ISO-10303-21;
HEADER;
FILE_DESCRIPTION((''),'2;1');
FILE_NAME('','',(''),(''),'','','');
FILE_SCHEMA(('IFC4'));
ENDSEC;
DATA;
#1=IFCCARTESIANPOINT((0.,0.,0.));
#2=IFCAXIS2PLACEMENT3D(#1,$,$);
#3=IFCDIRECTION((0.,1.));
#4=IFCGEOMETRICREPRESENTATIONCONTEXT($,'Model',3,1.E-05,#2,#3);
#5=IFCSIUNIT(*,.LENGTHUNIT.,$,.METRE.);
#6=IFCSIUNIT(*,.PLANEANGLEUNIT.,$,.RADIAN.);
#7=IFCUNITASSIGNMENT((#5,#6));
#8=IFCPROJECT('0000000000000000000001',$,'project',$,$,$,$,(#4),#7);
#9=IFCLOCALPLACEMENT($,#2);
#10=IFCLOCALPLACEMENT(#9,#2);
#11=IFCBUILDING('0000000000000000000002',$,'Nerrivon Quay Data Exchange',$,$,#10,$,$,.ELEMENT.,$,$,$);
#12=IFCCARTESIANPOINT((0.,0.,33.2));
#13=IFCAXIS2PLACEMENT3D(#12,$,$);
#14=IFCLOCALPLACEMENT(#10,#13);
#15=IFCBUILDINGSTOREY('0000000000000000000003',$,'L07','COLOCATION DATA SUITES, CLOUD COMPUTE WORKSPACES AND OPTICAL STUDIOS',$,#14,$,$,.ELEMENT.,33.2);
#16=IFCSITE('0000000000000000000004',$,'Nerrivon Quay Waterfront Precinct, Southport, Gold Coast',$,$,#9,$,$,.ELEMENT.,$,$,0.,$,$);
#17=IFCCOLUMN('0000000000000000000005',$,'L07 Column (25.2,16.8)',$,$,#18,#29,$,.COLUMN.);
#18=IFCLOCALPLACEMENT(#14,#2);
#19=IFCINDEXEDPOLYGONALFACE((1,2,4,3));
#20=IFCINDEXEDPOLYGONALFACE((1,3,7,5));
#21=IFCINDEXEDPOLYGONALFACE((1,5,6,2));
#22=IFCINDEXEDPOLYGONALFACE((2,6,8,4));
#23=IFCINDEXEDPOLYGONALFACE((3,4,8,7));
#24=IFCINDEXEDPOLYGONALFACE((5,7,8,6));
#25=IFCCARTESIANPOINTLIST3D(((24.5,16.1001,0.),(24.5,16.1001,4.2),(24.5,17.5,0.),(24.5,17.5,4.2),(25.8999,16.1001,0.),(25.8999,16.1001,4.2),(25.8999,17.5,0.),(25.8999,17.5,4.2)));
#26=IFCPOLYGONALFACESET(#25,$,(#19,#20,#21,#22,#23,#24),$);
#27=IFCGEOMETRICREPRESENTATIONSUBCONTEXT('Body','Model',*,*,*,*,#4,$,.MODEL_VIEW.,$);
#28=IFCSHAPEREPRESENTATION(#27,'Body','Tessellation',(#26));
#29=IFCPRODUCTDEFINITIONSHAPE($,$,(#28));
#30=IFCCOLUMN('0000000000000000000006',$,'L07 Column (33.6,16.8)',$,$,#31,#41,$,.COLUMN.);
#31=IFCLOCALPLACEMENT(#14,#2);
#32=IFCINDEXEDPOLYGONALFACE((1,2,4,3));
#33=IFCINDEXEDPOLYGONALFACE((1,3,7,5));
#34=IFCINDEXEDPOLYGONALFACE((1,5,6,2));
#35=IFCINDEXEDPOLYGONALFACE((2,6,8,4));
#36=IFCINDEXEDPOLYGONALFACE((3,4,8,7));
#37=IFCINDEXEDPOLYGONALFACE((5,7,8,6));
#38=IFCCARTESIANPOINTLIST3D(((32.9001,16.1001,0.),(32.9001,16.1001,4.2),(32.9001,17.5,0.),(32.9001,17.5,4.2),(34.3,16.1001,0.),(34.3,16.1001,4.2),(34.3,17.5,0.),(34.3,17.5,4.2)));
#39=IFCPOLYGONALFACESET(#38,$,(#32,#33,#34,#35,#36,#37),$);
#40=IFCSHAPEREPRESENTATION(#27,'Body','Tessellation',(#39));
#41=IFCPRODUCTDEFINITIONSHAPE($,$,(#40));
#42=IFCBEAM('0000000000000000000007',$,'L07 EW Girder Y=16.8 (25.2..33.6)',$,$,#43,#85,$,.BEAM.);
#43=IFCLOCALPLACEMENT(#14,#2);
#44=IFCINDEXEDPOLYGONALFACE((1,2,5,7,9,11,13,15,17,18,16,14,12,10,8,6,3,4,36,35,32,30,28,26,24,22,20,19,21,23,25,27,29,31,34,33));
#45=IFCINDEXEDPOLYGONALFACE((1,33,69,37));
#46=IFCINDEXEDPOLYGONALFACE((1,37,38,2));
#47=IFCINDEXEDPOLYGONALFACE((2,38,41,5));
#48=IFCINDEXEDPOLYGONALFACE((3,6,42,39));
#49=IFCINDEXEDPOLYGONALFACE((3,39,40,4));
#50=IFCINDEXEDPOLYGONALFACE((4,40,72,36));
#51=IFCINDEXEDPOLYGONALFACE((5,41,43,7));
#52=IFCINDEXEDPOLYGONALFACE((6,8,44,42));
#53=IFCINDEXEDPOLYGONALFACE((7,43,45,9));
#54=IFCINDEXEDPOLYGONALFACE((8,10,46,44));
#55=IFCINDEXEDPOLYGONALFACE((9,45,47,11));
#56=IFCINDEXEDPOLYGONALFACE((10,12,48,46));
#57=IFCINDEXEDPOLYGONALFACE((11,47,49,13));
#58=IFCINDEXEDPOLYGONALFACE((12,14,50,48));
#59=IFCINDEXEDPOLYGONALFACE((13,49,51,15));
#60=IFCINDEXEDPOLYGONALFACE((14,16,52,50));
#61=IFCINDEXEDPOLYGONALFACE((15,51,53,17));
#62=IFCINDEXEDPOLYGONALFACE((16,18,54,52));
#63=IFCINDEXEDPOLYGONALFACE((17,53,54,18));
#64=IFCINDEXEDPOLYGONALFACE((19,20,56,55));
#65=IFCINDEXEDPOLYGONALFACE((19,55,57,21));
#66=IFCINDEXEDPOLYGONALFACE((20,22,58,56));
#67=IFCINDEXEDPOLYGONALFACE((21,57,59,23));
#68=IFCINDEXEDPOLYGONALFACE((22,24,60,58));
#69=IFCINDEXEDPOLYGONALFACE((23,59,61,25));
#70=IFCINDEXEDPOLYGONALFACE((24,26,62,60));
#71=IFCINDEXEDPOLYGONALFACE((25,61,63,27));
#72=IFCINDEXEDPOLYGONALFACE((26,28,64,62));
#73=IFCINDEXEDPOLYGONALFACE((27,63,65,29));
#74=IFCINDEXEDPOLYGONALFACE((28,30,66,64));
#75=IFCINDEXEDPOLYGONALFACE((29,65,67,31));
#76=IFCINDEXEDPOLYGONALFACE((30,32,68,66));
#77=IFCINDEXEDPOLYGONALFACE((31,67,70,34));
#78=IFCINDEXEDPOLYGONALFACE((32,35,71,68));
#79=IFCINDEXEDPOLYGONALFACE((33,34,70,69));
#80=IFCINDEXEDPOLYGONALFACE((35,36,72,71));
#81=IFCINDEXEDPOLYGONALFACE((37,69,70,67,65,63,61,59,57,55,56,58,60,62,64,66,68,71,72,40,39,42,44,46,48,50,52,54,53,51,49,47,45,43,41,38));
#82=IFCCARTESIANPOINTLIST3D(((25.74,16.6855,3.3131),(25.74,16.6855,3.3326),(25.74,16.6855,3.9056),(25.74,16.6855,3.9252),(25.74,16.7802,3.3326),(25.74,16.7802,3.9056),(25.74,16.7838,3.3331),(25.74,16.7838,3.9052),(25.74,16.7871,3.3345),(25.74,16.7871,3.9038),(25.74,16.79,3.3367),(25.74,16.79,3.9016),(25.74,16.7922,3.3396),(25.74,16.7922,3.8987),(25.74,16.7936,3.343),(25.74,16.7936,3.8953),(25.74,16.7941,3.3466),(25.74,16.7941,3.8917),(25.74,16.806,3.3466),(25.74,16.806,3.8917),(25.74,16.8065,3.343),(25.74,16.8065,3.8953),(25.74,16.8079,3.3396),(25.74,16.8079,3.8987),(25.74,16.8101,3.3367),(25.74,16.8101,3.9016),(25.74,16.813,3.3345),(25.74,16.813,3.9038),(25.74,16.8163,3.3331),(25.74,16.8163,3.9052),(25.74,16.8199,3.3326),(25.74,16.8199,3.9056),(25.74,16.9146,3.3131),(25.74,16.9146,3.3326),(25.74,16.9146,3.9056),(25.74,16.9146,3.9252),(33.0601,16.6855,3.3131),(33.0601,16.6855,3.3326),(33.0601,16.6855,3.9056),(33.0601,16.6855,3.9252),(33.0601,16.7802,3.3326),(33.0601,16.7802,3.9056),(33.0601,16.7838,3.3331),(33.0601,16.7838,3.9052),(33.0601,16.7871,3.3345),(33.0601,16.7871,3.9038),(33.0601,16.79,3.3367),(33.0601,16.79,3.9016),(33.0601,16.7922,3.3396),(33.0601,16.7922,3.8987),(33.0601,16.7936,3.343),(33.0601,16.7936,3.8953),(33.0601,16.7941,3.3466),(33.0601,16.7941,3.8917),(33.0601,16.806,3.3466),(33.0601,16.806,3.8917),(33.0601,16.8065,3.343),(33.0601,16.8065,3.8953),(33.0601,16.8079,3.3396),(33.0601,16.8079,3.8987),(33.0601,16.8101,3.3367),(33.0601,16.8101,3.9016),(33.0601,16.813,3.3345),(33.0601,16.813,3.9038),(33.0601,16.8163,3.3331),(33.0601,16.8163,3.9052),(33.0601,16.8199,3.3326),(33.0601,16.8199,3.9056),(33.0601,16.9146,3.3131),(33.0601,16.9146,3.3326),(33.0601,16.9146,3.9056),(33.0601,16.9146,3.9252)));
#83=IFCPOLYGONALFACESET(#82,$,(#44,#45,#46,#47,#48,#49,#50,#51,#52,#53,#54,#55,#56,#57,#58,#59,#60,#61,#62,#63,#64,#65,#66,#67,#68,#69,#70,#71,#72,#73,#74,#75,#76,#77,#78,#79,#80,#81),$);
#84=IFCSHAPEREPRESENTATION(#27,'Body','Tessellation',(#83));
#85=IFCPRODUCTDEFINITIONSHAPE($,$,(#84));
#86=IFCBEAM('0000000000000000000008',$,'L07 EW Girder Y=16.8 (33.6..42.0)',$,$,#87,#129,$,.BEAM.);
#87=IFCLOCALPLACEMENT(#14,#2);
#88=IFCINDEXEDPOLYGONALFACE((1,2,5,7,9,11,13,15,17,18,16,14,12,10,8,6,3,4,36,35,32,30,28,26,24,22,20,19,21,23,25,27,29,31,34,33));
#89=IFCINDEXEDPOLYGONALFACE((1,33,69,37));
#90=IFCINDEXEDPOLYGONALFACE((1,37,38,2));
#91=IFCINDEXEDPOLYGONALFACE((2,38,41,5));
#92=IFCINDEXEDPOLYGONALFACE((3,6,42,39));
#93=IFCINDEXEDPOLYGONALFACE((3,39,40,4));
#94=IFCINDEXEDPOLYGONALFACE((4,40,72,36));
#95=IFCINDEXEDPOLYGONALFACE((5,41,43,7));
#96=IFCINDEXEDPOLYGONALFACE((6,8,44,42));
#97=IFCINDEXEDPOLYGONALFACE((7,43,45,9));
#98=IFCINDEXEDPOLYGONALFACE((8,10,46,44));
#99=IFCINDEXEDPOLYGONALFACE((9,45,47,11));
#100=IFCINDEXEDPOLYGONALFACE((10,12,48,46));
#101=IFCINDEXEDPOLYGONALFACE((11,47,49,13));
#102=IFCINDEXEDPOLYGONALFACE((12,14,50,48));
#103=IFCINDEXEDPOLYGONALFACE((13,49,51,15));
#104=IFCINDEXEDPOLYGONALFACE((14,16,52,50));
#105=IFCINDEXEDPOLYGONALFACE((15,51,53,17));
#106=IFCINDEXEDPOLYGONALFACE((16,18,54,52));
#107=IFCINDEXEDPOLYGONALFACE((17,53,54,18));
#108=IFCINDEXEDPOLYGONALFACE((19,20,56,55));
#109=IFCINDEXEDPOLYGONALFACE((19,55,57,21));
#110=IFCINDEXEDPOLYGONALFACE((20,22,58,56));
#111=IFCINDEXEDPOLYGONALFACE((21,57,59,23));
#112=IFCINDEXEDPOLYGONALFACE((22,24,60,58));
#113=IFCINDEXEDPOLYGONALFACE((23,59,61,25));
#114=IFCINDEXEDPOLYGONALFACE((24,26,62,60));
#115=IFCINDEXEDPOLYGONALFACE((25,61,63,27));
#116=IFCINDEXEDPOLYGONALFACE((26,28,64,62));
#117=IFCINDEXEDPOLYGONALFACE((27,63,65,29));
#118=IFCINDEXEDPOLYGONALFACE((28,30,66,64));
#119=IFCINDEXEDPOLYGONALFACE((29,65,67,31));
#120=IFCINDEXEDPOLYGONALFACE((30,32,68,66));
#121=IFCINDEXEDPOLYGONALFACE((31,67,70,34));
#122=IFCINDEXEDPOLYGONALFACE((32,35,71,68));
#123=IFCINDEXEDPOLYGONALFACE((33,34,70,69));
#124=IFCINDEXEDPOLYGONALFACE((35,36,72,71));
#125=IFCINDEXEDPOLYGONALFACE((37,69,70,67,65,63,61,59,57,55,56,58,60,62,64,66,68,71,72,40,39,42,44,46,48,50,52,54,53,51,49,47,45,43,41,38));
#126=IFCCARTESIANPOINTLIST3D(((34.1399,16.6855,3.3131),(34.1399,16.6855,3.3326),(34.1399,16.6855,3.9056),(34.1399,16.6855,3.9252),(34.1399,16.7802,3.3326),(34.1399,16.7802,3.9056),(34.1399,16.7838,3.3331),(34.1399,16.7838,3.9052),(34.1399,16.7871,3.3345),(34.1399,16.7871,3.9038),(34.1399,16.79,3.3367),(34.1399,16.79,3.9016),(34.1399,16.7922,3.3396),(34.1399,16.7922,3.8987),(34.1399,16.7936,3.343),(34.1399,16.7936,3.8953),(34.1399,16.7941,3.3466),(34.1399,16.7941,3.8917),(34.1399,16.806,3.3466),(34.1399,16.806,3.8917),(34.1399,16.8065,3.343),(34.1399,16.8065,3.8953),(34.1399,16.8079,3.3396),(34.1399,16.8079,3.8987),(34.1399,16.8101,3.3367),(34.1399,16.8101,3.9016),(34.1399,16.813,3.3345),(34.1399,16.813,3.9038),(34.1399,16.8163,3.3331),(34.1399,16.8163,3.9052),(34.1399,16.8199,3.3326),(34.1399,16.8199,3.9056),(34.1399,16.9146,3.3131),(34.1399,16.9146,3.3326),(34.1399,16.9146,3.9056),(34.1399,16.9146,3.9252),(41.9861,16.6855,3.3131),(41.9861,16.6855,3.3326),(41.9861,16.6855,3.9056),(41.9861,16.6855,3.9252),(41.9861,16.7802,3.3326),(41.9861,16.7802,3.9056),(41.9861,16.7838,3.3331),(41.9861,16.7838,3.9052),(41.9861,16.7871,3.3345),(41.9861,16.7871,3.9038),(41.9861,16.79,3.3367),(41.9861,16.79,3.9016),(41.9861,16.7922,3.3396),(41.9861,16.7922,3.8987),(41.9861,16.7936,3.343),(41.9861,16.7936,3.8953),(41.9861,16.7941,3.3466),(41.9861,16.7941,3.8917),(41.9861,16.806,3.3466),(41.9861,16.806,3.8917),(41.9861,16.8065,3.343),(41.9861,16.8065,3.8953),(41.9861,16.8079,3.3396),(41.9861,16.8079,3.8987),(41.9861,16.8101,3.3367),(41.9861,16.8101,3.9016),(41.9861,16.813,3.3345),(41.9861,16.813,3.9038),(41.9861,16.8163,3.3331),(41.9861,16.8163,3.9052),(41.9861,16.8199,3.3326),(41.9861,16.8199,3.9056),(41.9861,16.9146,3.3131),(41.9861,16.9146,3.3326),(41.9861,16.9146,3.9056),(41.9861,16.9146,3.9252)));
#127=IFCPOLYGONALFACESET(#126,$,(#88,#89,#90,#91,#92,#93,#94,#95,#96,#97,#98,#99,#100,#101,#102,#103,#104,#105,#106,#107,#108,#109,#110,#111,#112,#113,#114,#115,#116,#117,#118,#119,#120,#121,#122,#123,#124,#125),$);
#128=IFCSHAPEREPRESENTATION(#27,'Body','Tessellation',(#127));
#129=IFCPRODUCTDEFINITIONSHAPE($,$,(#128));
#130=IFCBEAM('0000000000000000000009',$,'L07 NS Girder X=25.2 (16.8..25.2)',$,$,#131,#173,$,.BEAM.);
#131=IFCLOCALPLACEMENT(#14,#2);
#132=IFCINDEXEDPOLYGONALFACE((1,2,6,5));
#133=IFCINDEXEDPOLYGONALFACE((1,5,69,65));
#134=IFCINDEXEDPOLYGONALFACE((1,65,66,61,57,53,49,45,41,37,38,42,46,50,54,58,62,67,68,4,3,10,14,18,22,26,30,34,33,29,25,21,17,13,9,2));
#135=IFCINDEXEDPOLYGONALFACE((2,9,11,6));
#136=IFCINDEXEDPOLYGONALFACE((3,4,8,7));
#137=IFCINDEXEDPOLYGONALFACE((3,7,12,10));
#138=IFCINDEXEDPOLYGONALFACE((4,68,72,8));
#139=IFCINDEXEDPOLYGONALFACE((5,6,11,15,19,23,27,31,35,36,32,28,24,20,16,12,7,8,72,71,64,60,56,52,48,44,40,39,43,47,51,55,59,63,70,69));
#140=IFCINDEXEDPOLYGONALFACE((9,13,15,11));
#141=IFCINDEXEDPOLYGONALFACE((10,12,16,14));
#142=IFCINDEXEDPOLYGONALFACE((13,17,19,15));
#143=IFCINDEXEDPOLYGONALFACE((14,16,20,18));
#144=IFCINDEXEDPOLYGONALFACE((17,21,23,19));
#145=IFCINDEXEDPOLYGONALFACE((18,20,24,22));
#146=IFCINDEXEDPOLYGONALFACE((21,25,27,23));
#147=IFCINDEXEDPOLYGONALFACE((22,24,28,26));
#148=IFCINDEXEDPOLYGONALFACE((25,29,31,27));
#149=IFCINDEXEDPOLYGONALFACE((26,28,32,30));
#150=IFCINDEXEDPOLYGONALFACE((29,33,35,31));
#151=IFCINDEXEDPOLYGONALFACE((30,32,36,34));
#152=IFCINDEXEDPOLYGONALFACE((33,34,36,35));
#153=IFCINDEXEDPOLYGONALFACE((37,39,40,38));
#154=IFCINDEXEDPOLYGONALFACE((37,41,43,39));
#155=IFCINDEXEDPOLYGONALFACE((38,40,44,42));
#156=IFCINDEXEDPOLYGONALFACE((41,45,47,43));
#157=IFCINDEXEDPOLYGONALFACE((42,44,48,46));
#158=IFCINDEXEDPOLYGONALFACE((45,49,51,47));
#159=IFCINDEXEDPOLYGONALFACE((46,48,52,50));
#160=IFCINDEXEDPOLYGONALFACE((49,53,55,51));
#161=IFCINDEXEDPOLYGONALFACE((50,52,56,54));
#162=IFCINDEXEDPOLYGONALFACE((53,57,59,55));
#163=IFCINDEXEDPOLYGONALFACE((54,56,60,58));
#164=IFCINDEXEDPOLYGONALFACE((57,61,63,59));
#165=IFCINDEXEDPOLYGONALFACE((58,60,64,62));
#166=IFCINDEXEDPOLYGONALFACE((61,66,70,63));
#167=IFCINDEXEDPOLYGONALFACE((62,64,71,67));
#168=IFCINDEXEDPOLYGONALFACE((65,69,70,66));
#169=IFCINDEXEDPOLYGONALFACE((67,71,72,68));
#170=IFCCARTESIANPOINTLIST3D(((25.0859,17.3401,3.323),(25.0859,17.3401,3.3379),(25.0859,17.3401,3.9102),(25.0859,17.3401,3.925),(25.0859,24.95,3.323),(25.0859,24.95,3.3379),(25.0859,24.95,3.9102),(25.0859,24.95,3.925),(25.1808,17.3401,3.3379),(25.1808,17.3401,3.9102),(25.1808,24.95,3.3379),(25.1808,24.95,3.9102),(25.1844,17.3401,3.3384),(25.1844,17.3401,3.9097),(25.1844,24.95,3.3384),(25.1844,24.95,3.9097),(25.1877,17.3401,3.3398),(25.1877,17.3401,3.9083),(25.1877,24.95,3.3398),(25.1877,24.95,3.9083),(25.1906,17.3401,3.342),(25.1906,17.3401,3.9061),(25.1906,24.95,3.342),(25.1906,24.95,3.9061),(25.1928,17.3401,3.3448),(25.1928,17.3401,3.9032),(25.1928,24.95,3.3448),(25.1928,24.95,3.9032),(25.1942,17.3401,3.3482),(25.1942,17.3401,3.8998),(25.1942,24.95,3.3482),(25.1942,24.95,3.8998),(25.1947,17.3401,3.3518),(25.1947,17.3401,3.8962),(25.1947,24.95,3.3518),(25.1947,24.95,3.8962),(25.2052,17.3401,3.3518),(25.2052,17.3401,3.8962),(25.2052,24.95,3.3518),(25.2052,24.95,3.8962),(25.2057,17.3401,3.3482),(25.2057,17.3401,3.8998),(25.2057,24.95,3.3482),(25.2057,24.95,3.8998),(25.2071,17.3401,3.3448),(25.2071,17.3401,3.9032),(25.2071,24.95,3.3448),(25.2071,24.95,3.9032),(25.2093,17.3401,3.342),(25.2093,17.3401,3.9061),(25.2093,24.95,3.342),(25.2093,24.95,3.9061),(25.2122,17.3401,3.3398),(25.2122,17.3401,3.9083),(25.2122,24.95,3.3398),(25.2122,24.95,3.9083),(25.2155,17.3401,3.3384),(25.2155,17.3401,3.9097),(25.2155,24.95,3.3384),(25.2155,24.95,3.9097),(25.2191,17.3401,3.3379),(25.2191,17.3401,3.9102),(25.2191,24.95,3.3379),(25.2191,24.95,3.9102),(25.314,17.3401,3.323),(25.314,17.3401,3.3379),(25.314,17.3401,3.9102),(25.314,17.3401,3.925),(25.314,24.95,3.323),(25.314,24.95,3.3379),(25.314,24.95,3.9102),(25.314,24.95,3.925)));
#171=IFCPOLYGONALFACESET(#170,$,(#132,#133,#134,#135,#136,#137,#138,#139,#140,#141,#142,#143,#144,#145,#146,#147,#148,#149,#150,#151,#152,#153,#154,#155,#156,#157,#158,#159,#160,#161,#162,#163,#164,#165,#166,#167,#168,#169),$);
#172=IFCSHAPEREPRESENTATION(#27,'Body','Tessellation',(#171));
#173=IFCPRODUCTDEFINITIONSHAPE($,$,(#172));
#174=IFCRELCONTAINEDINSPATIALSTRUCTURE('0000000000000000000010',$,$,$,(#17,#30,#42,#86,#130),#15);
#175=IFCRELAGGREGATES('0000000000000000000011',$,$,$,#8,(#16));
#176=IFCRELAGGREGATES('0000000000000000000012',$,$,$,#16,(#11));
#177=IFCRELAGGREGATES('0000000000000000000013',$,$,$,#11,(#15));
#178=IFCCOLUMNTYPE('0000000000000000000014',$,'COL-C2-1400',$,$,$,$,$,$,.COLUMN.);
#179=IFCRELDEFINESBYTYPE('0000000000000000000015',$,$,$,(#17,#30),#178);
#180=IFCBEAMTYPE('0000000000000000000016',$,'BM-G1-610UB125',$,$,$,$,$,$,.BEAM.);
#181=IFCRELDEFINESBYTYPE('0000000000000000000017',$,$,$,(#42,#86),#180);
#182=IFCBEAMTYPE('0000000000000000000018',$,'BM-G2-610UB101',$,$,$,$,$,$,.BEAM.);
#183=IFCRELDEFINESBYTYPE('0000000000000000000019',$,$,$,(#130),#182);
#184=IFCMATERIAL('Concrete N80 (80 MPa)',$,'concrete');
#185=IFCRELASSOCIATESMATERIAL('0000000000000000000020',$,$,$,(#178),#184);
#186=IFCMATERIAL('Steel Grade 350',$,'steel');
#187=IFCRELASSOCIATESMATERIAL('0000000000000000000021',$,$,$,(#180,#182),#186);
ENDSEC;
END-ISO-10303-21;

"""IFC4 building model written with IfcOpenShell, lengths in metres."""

from ifc_helpers import new_model, si_unit, direction, frame, origin, origin_2d, place, context, subcontext, project, spatial, rectangle, i_section, extrude, material, material_profile, profile_set, type_object, element, save


model = new_model("IFC4")

# Units and contexts
model_context = context("Model", 3, precision=1e-05, world=origin(), true_north=direction((0.0, 1.0)))
body_context = subcontext(model_context, "Body", "Model", "MODEL_VIEW")
ifc_project = project(units=[si_unit("LENGTHUNIT", "METRE"), si_unit("PLANEANGLEUNIT", "RADIAN")], contexts=[model_context])

# Site, building, storey
site_placement = place(None, origin())
site = spatial("IfcSite", under=ifc_project, at=site_placement, Name="Nerrivon Quay Waterfront Precinct, Southport, Gold Coast", CompositionType="ELEMENT", RefElevation=0.0)
building_placement = place(site_placement, origin())
building = spatial("IfcBuilding", under=site, at=building_placement, Name="Nerrivon Quay Data Exchange", CompositionType="ELEMENT")
storey_placement = place(building_placement, frame((0.0, 0.0, 33.2)))
storey = spatial("IfcBuildingStorey", under=building, at=storey_placement, Name="L07", Description="COLOCATION DATA SUITES, CLOUD COMPUTE WORKSPACES AND OPTICAL STUDIOS", CompositionType="ELEMENT", Elevation=33.2)

# Columns
ifc_material_1 = material(Name="Concrete N80 (80 MPa)", Category="concrete")
ifc_material_profile_1 = material_profile(ifc_material_1, rectangle(XDim=1.3999, YDim=1.3999, at=origin_2d()), Name="RC-COL-1400x1400")
ifc_profile_set_1 = profile_set([ifc_material_profile_1], Name="Concrete N80 (80 MPa)")
column_type = type_object("IfcColumnType", Name="COL-C2-1400", PredefinedType="COLUMN", material=ifc_profile_set_1)
for number, where, z_axis, x_axis, name in (
    (1, (25.2, 16.8, 0.0), (0.0, 0.0, 1.0), (1.0, 0.0, 0.0), "L07 Column (25.2,16.8)"),
    (2, (33.6001, 16.8, 0.0), (0.0, 0.0, 1.0), (1.0, 0.0, 0.0), "L07 Column (33.6,16.8)"),
):
    element("IfcColumn", number, at=place(storey_placement, frame(where, z_axis=z_axis, x_axis=x_axis)), inside=storey, type_object=column_type, Name=name, PredefinedType="COLUMN", context=body_context, shape_type="SweptSolid", body=[
        extrude(rectangle(XDim=1.3999, YDim=1.3999, at=origin_2d()), origin(), (0.0, 0.0, 1.0), 4.2),
    ])

# Beams
ifc_material_2 = material(Name="Steel Grade 350", Category="steel")
ifc_material_profile_2 = material_profile(ifc_material_2, i_section(OverallWidth=0.229, OverallDepth=0.6121, WebThickness=0.012, FlangeThickness=0.0195, FilletRadius=0.0139, at=origin_2d()), Name="610UB125")
ifc_profile_set_2 = profile_set([ifc_material_profile_2], Name="Steel Grade 350")
beam_type_1 = type_object("IfcBeamType", Name="BM-G1-610UB125", PredefinedType="BEAM", material=ifc_profile_set_2)
beam_1_placement = place(storey_placement, frame((25.74, 16.8, 3.6191), z_axis=(1.0, 0.0, 0.0), x_axis=(0.0, 1.0, 0.0)))
element("IfcBeam", 3, at=beam_1_placement, inside=storey, type_object=beam_type_1, Name="L07 EW Girder Y=16.8 (25.2..33.6)", PredefinedType="BEAM", context=body_context, shape_type="SweptSolid", body=[
    extrude(i_section(OverallWidth=0.229, OverallDepth=0.6121, WebThickness=0.012, FlangeThickness=0.0195, FilletRadius=0.0139, at=origin_2d()), origin(), (0.0, 0.0, 1.0), 7.3201),
])
beam_2_placement = place(storey_placement, frame((34.1399, 16.8, 3.6191), z_axis=(1.0, 0.0, 0.0), x_axis=(0.0, 1.0, 0.0)))
element("IfcBeam", 4, at=beam_2_placement, inside=storey, type_object=beam_type_1, Name="L07 EW Girder Y=16.8 (33.6..42.0)", PredefinedType="BEAM", context=body_context, shape_type="SweptSolid", body=[
    extrude(i_section(OverallWidth=0.229, OverallDepth=0.6121, WebThickness=0.012, FlangeThickness=0.0195, FilletRadius=0.0139, at=origin_2d()), origin(), (0.0, 0.0, 1.0), 7.8462),
])
ifc_material_profile_3 = material_profile(ifc_material_2, i_section(OverallWidth=0.228, OverallDepth=0.6021, WebThickness=0.0105, FlangeThickness=0.0149, FilletRadius=0.0139, at=origin_2d()), Name="610UB101")
ifc_profile_set_3 = profile_set([ifc_material_profile_3], Name="Steel Grade 350")
beam_type_2 = type_object("IfcBeamType", Name="BM-G2-610UB101", PredefinedType="BEAM", material=ifc_profile_set_3)
for number, where, z_axis, x_axis, name in (
    (5, (25.2, 17.3401, 3.624), (0.0, 1.0, 0.0), (-1.0, 0.0, 0.0), "L07 NS Girder X=25.2 (16.8..25.2)"),
):
    element("IfcBeam", number, at=place(storey_placement, frame(where, z_axis=z_axis, x_axis=x_axis)), inside=storey, type_object=beam_type_2, Name=name, PredefinedType="BEAM", context=body_context, shape_type="SweptSolid", body=[
        extrude(i_section(OverallWidth=0.228, OverallDepth=0.6021, WebThickness=0.0105, FlangeThickness=0.0149, FilletRadius=0.0139, at=origin_2d()), origin(), (0.0, 0.0, 1.0), 7.6099),
    ])

save(model, "model.ifc")
